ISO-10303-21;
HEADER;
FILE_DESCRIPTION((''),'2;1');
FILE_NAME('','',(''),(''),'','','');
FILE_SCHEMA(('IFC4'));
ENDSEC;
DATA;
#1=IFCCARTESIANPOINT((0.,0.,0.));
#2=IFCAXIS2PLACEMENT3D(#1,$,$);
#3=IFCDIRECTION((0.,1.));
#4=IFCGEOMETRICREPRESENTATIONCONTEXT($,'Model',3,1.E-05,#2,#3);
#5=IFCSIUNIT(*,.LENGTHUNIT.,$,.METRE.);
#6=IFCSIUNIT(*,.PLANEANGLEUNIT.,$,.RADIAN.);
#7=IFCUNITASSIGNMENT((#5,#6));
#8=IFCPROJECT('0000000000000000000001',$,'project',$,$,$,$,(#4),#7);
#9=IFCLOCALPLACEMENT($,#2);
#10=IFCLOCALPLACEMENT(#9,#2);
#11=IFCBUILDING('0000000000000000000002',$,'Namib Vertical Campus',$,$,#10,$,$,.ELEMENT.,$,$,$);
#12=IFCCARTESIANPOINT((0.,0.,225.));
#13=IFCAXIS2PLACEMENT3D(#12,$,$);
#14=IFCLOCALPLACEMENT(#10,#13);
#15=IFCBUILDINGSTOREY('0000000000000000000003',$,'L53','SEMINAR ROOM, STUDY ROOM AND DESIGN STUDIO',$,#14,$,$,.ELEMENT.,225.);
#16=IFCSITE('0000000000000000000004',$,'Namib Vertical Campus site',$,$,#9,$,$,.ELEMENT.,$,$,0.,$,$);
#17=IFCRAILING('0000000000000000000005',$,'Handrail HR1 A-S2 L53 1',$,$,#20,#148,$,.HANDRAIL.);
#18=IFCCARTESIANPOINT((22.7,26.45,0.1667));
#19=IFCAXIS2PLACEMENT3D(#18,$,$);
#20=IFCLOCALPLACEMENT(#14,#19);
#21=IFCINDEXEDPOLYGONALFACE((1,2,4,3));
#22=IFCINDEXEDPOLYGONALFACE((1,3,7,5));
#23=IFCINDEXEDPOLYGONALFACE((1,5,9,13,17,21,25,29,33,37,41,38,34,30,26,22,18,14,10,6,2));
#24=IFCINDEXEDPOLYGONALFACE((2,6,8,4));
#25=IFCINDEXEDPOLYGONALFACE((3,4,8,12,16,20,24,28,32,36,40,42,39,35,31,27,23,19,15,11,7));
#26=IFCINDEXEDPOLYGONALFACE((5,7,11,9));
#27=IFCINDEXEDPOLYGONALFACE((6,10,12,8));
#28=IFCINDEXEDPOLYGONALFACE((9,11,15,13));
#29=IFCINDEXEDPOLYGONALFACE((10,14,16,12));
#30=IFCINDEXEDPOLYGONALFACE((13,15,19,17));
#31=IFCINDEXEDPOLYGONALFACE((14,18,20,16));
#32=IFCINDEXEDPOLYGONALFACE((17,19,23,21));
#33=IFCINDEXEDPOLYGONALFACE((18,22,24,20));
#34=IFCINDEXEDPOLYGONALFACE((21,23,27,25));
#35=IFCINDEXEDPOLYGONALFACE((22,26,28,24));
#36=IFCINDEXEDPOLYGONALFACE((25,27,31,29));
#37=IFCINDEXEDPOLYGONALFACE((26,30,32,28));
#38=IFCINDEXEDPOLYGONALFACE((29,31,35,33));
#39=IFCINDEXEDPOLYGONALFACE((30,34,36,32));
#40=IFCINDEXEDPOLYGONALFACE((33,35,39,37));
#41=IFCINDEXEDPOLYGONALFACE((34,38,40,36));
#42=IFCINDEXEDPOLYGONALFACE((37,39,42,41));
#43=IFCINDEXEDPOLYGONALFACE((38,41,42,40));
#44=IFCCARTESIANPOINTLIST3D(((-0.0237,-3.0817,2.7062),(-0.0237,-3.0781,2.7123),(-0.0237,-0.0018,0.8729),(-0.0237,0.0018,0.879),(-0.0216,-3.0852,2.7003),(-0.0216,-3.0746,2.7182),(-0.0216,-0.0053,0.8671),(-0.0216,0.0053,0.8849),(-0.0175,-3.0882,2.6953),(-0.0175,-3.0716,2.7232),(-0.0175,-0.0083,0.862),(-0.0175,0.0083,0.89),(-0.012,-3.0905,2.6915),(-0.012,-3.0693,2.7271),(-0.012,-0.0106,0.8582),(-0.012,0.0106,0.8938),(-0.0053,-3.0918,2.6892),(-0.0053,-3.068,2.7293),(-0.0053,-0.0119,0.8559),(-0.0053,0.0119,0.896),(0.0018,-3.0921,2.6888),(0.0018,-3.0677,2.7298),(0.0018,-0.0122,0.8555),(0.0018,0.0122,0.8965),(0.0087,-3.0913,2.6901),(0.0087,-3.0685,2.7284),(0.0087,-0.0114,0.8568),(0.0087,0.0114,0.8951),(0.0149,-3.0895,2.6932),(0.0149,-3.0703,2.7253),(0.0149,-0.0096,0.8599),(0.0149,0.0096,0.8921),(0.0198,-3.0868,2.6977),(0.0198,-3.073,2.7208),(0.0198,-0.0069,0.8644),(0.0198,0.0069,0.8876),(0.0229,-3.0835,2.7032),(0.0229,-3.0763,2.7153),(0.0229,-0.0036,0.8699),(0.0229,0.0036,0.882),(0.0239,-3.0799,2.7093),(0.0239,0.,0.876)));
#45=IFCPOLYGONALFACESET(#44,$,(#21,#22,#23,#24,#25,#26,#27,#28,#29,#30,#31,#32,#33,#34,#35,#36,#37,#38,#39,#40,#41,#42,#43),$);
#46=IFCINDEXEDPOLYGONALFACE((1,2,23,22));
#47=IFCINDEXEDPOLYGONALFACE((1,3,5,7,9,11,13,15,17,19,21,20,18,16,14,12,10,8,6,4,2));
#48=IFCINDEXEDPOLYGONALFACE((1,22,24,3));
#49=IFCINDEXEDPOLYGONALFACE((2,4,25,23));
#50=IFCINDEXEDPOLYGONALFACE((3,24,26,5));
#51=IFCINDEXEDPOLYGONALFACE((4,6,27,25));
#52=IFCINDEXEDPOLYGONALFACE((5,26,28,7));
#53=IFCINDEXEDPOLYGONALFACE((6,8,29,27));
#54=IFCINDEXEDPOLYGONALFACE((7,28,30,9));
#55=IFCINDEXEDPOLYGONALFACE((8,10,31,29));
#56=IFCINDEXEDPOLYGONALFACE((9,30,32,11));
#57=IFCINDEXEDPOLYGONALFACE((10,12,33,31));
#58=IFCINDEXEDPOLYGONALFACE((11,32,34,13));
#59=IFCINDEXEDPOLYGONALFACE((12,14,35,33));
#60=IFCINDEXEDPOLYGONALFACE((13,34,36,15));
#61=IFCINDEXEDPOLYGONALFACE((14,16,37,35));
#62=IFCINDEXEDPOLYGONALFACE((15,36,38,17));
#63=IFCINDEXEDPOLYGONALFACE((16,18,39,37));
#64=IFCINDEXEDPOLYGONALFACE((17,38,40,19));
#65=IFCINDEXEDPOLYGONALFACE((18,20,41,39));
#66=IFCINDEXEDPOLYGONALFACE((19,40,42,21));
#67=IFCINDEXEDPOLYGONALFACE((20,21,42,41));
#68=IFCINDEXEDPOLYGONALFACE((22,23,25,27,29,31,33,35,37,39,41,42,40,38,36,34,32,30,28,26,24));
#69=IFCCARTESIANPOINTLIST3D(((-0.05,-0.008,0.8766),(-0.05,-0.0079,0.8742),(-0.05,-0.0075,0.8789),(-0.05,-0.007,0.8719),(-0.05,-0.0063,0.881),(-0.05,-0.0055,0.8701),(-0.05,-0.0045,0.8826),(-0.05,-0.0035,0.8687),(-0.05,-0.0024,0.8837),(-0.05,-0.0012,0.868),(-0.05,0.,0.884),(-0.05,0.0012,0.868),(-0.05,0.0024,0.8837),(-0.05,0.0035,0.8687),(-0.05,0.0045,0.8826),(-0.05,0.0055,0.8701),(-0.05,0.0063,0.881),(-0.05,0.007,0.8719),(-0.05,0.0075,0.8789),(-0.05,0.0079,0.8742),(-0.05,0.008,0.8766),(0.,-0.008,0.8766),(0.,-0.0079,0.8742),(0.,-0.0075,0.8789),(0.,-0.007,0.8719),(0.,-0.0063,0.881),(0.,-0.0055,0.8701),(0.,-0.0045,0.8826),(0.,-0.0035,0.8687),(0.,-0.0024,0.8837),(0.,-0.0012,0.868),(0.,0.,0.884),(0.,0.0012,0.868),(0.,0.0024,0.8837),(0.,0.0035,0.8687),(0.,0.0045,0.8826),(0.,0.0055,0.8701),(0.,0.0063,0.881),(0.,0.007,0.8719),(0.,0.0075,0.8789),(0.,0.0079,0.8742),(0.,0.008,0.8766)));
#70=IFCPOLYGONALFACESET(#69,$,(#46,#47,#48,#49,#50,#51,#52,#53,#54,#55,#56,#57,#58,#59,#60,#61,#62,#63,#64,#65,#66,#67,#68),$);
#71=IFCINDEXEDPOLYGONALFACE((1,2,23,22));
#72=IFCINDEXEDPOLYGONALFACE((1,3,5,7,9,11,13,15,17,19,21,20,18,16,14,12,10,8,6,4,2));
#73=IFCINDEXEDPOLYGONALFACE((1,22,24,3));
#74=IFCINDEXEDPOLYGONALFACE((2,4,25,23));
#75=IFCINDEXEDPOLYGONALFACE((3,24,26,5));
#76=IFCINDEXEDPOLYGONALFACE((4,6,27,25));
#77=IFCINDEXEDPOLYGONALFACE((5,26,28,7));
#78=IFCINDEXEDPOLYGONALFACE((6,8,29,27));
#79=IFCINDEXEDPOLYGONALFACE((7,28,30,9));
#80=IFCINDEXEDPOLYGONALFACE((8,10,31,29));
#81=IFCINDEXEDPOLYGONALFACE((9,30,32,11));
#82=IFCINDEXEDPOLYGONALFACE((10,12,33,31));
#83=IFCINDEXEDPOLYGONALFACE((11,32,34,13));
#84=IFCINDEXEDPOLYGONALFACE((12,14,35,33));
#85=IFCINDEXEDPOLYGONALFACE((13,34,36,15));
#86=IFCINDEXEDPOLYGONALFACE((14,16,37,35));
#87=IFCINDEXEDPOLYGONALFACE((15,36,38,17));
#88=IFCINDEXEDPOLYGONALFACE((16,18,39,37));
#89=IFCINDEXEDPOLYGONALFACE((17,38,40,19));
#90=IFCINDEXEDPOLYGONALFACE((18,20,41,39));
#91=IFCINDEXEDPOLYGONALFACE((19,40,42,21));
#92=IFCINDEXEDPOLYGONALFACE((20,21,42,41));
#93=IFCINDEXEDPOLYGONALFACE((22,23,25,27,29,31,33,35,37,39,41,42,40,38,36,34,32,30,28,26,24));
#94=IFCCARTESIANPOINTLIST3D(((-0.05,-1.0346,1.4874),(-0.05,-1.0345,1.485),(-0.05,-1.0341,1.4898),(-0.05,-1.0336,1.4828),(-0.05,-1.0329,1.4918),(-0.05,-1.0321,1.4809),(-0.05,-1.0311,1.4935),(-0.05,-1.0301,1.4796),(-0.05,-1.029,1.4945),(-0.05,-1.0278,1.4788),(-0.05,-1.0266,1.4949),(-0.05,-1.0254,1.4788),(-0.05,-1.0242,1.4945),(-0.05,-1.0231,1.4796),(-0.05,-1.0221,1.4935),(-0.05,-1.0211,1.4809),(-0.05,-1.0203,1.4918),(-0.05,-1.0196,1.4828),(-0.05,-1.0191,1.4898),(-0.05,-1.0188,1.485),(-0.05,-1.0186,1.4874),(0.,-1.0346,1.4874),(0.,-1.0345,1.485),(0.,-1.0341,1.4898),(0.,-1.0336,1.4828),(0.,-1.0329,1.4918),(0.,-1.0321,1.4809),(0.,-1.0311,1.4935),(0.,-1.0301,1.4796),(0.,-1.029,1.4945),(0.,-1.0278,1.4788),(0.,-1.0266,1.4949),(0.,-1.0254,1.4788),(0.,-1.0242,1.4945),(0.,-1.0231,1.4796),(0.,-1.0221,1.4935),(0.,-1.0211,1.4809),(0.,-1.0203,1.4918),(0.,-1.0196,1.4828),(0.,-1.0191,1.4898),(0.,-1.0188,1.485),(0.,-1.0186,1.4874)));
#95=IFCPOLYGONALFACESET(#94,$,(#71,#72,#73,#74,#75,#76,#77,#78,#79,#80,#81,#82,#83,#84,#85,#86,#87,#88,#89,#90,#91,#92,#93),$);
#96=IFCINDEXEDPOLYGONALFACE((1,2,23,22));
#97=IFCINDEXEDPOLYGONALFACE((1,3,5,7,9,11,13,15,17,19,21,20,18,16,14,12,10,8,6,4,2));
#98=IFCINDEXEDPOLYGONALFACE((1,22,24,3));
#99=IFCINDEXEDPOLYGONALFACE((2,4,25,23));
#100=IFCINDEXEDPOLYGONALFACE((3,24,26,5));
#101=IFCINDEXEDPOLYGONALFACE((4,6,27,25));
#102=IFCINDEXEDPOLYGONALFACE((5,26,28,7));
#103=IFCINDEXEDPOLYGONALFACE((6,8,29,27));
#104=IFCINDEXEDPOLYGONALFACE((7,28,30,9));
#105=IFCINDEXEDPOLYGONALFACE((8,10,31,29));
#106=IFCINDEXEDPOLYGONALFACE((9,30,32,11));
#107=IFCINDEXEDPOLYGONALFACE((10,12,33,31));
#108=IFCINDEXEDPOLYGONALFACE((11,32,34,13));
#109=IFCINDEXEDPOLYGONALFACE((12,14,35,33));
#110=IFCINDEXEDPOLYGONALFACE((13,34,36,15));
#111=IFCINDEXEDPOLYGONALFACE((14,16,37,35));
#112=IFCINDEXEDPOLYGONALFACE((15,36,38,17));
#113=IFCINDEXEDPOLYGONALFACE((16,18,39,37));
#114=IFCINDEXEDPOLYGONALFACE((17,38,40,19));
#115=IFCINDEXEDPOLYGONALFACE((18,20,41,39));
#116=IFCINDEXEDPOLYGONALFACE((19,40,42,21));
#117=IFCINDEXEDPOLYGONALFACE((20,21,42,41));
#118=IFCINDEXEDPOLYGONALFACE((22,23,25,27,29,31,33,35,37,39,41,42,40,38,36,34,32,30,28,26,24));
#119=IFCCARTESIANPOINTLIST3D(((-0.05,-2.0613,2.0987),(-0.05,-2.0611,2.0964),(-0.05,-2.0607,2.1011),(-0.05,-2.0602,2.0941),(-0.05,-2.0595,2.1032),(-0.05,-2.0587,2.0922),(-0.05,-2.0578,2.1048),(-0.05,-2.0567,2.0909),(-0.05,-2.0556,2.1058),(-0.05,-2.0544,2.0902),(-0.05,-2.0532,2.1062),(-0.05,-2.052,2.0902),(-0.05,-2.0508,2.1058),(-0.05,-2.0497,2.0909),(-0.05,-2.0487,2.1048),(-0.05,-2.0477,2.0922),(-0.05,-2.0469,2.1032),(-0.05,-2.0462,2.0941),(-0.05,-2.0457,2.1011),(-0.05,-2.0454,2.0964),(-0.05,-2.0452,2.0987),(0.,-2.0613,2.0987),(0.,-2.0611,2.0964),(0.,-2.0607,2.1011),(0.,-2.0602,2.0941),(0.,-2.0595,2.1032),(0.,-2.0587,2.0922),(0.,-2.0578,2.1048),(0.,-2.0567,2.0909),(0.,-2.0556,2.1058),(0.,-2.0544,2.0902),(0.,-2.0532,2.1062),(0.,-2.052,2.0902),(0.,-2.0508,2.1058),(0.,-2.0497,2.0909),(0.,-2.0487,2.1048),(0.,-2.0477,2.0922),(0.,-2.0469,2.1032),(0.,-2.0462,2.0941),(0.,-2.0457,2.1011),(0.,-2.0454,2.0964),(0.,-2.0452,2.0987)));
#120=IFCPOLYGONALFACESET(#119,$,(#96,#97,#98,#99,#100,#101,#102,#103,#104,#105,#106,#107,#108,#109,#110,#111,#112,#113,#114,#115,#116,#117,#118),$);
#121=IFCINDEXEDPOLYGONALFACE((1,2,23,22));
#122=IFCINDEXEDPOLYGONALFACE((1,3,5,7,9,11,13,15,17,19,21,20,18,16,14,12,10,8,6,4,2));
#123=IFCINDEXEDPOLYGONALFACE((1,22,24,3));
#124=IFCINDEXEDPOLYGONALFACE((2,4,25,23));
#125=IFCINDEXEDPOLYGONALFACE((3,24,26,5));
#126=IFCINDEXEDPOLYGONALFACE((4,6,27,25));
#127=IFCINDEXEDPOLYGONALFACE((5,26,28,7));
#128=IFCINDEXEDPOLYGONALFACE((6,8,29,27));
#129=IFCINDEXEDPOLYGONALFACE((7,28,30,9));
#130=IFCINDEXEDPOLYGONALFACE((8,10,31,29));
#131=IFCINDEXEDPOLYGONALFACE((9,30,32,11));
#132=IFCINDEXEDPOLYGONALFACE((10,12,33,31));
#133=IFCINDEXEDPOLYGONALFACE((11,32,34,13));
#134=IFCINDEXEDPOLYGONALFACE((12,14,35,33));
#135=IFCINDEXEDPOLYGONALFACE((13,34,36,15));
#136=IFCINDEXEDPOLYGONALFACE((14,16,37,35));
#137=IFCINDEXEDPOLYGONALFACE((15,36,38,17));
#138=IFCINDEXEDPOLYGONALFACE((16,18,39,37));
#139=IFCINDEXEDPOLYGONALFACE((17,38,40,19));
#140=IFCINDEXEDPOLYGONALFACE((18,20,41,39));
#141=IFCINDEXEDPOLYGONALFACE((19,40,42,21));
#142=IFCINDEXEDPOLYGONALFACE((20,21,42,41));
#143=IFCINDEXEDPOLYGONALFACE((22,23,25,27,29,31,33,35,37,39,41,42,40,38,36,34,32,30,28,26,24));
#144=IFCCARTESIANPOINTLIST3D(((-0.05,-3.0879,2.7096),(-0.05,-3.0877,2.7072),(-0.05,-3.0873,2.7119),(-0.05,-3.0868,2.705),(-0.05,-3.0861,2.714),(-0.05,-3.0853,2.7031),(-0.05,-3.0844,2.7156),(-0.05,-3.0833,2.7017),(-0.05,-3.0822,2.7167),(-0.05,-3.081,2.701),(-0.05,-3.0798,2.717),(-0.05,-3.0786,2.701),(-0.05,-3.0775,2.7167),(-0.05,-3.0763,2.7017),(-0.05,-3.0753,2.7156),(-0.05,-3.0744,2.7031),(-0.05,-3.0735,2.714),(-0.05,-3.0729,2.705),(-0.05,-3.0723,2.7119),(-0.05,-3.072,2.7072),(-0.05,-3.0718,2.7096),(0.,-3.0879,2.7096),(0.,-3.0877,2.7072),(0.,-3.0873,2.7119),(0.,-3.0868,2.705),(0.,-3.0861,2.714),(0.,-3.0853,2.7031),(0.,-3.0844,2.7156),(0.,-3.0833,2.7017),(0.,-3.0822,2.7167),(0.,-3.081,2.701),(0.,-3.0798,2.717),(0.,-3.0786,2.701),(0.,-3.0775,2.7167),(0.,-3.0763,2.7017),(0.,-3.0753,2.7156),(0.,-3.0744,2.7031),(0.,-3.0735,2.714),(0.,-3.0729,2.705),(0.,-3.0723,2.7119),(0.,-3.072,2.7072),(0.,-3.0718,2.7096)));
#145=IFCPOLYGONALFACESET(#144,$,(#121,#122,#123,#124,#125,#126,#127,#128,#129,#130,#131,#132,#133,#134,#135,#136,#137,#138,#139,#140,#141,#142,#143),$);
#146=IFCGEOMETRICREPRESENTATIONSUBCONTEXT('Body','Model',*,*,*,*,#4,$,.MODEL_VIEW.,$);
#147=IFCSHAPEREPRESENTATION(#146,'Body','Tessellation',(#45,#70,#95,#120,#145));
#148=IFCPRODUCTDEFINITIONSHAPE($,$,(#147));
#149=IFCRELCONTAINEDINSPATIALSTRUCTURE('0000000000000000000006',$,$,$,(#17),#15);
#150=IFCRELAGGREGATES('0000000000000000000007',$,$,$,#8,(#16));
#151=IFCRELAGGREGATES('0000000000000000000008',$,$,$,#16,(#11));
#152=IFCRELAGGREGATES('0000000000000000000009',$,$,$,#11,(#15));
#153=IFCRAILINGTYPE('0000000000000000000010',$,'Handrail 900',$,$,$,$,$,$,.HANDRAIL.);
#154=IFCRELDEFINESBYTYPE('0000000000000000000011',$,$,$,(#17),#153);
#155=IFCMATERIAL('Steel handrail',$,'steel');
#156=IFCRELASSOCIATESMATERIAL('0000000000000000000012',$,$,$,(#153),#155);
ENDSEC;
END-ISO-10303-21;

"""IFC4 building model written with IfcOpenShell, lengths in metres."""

from ifc_helpers import new_model, si_unit, direction, frame, origin, origin_2d, place, context, subcontext, project, spatial, circle, extrude, material, type_object, element, save


model = new_model("IFC4")

# Units and contexts
model_context = context("Model", 3, precision=1e-05, world=origin(), true_north=direction((0.0, 1.0)))
body_context = subcontext(model_context, "Body", "Model", "MODEL_VIEW")
ifc_project = project(units=[si_unit("LENGTHUNIT", "METRE"), si_unit("PLANEANGLEUNIT", "RADIAN")], contexts=[model_context])

# Site, building, storey
site_placement = place(None, origin())
site = spatial("IfcSite", under=ifc_project, at=site_placement, Name="Namib Vertical Campus site", CompositionType="ELEMENT", RefElevation=0.0)
building_placement = place(site_placement, origin())
building = spatial("IfcBuilding", under=site, at=building_placement, Name="Namib Vertical Campus", CompositionType="ELEMENT")
storey_placement = place(building_placement, frame((0.0, 0.0, 225.0)))
storey = spatial("IfcBuildingStorey", under=building, at=storey_placement, Name="L53", Description="SEMINAR ROOM, STUDY ROOM AND DESIGN STUDIO", CompositionType="ELEMENT", Elevation=225.0)

# Railing
ifc_material_1 = material(Name="Steel handrail", Category="steel")
railing_type_1 = type_object("IfcRailingType", Name="Handrail 900", PredefinedType="HANDRAIL", material=ifc_material_1)
railing_1_placement = place(storey_placement, frame((22.7, 26.45, 0.1667)))
element("IfcRailing", 1, at=railing_1_placement, inside=storey, type_object=railing_type_1, Name="Handrail HR1 A-S2 L53 1", PredefinedType="HANDRAIL", context=body_context, shape_type="SweptSolid", body=[
    extrude(circle(Radius=0.0239, at=origin_2d()), frame((0.0, 0.0, 0.876), z_axis=(0.0, -0.859291, 0.511487), x_axis=(1.0, 0.0, 0.0)), (0.0, 0.0, 1.0), 3.5842),
    extrude(circle(Radius=0.0081, at=origin_2d()), frame((0.0, 0.0, 0.876), z_axis=(-1.0, 0.0, 0.0), x_axis=(0.0, 0.0, 1.0)), (0.0, 0.0, 1.0), 0.05),
    extrude(circle(Radius=0.0081, at=origin_2d()), frame((0.0, -1.0266, 1.4868), z_axis=(-1.0, 0.0, 0.0), x_axis=(0.0, 0.0, 1.0)), (0.0, 0.0, 1.0), 0.05),
    extrude(circle(Radius=0.0081, at=origin_2d()), frame((0.0, -2.0532, 2.0981), z_axis=(-1.0, 0.0, 0.0), x_axis=(0.0, 0.0, 1.0)), (0.0, 0.0, 1.0), 0.05),
    extrude(circle(Radius=0.0081, at=origin_2d()), frame((0.0, -3.0798, 2.709), z_axis=(-1.0, 0.0, 0.0), x_axis=(0.0, 0.0, 1.0)), (0.0, 0.0, 1.0), 0.05),
])

save(model, "model.ifc")
